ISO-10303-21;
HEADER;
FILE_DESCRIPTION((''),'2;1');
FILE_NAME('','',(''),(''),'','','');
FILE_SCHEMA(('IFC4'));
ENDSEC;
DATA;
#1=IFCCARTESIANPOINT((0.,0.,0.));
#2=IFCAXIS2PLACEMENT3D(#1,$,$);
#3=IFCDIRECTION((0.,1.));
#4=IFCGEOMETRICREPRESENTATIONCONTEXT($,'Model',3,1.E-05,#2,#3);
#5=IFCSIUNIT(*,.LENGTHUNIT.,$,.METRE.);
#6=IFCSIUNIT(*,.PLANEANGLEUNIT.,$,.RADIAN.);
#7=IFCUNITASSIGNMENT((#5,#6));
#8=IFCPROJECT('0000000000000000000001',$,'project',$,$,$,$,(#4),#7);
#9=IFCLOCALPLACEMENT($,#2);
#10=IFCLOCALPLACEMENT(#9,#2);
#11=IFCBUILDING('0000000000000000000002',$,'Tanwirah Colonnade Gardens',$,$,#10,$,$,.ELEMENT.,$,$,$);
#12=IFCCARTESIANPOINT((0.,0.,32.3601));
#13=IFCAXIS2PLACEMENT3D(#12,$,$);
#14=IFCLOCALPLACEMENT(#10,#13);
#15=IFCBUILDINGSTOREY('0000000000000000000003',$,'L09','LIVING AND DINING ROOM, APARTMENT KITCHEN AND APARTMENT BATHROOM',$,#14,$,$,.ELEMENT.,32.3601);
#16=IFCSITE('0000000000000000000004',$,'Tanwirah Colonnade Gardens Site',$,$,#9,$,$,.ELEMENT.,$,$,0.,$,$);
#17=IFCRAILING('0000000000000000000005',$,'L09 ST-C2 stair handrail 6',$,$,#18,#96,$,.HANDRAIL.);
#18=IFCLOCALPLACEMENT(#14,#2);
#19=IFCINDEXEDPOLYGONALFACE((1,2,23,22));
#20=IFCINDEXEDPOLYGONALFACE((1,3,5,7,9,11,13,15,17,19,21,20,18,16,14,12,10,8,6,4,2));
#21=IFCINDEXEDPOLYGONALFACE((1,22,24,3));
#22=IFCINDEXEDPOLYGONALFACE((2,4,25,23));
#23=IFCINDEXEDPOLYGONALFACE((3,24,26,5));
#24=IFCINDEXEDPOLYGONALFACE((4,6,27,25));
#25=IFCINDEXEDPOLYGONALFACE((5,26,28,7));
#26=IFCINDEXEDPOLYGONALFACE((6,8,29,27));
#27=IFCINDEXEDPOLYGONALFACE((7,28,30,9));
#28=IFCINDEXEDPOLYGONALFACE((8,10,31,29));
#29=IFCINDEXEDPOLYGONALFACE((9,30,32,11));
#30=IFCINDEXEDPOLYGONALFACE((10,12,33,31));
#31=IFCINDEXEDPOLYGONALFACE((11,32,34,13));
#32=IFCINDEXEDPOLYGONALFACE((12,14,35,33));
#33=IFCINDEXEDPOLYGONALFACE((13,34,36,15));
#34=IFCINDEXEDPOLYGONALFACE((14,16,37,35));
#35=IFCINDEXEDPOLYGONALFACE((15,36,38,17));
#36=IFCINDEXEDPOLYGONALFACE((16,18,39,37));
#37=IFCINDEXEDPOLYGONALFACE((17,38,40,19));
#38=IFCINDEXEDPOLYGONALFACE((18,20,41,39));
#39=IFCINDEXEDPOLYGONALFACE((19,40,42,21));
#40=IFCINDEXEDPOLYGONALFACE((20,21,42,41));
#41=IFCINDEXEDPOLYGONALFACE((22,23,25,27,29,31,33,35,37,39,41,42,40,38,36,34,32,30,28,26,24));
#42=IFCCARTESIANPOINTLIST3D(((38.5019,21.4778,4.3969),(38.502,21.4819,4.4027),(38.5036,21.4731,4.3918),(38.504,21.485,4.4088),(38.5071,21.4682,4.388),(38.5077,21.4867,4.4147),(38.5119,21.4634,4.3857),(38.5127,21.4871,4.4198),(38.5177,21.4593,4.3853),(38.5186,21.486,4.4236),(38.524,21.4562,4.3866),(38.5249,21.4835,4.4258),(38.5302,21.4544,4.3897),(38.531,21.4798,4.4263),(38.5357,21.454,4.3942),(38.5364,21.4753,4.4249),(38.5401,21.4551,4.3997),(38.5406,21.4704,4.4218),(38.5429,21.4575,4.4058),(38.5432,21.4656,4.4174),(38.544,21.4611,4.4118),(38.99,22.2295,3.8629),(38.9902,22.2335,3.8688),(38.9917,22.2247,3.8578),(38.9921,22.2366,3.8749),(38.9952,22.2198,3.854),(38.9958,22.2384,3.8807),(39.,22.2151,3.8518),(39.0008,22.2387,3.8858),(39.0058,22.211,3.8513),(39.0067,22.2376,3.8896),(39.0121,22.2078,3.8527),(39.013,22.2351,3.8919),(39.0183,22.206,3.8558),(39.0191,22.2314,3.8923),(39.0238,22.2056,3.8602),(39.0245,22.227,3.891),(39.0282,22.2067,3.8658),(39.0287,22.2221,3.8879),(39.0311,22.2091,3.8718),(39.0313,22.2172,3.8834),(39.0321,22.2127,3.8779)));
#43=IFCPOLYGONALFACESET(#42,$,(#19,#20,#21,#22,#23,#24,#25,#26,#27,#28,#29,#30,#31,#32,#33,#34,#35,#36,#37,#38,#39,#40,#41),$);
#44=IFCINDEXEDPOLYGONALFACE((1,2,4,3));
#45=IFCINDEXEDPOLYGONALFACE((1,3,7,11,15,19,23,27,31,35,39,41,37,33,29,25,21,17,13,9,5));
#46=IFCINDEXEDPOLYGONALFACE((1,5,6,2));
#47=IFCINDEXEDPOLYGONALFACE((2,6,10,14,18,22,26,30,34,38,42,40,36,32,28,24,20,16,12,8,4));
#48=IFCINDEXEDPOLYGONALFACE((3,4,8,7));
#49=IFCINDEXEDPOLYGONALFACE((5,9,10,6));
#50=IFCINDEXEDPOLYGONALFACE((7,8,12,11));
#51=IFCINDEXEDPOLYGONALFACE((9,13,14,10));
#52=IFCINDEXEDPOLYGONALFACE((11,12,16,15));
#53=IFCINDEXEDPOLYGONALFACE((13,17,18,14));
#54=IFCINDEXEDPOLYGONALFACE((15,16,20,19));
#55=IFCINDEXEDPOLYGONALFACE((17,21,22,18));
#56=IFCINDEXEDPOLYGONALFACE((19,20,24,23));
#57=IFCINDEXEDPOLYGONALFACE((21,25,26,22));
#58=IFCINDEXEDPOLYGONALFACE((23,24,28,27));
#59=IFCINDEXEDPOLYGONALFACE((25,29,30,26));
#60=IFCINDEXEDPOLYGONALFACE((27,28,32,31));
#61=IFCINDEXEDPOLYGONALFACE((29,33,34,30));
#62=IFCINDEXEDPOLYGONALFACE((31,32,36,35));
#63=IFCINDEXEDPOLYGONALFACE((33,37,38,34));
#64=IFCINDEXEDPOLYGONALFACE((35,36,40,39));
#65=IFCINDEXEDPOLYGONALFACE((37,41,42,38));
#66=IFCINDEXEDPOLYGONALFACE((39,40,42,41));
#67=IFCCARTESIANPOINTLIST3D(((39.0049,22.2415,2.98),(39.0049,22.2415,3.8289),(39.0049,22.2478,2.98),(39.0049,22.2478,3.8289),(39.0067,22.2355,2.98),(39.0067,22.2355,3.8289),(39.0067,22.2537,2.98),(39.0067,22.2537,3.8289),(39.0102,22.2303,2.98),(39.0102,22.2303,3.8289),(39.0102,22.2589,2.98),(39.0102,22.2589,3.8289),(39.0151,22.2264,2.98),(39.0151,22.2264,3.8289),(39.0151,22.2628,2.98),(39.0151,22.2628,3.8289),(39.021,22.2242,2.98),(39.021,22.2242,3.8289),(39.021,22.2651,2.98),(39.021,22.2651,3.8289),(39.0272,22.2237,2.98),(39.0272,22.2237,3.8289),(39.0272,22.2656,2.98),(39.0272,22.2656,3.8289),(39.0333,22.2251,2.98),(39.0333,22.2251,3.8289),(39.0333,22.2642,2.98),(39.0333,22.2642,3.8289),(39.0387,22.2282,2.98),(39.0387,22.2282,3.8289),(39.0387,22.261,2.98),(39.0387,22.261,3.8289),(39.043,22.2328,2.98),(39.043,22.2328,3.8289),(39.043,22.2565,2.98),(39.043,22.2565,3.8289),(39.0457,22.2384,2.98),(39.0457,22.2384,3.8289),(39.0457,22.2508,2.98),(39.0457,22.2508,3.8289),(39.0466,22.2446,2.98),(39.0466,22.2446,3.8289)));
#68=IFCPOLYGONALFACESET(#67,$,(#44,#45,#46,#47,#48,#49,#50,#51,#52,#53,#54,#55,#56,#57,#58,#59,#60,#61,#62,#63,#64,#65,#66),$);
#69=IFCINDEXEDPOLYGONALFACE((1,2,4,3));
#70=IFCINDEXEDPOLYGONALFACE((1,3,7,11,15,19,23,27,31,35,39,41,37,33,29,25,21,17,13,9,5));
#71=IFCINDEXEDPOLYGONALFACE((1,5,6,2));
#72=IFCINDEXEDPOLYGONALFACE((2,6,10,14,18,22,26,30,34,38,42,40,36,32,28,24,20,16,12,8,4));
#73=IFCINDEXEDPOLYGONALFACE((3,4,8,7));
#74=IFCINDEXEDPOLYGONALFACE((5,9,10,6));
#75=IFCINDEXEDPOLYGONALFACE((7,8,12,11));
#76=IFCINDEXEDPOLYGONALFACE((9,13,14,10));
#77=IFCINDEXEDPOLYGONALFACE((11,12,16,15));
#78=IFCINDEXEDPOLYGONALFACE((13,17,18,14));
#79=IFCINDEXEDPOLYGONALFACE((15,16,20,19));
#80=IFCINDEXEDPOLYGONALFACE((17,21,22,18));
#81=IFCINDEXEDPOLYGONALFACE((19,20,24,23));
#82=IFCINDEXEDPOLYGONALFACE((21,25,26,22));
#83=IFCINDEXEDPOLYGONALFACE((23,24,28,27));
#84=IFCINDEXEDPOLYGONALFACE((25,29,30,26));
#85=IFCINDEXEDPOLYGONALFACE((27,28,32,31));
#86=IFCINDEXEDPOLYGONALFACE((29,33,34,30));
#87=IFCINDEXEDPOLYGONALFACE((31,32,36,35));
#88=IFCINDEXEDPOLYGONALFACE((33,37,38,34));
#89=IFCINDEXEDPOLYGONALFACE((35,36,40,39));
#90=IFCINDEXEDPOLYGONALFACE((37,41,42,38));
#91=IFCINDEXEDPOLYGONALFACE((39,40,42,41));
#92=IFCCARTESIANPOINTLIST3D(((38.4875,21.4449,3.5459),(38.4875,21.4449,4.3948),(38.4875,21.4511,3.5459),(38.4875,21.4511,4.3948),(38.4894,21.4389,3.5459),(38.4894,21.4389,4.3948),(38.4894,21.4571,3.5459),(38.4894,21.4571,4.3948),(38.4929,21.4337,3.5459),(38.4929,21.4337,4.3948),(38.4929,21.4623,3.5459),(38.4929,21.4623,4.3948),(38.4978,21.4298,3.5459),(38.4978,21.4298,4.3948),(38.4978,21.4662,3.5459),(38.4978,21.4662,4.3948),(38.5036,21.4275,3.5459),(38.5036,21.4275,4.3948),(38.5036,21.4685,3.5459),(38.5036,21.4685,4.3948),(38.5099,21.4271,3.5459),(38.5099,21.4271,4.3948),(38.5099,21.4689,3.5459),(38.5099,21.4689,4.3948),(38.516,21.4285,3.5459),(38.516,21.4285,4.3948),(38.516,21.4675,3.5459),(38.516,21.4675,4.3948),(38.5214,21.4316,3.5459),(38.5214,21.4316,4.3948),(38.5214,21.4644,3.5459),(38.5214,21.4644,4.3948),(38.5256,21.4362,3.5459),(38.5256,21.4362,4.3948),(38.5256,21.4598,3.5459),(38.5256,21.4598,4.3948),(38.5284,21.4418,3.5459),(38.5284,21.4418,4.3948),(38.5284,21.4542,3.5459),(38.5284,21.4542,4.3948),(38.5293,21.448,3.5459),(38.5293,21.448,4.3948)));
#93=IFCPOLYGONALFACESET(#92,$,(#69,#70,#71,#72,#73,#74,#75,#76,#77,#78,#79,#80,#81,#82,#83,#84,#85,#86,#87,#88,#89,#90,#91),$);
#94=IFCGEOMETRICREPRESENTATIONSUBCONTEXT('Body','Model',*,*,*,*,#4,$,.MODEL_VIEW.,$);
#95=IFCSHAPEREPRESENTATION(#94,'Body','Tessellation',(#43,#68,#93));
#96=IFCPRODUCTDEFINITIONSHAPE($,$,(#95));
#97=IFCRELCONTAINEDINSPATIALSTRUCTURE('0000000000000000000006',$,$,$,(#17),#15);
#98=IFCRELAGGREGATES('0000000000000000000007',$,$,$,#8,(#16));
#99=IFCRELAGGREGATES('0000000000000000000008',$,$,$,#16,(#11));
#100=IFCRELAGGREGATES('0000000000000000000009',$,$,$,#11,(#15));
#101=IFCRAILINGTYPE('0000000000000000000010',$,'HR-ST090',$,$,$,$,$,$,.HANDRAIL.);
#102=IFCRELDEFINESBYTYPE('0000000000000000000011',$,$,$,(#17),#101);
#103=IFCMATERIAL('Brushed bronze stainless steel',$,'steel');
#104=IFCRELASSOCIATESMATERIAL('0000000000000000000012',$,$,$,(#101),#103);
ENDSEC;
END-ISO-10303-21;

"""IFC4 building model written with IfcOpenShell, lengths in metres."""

from ifc_helpers import new_model, si_unit, direction, frame, origin, origin_2d, place, context, subcontext, project, spatial, circle, extrude, material, type_object, element, save


model = new_model("IFC4")

# Units and contexts
model_context = context("Model", 3, precision=1e-05, world=origin(), true_north=direction((0.0, 1.0)))
body_context = subcontext(model_context, "Body", "Model", "MODEL_VIEW")
ifc_project = project(units=[si_unit("LENGTHUNIT", "METRE"), si_unit("PLANEANGLEUNIT", "RADIAN")], contexts=[model_context])

# Site, building, storey
site_placement = place(None, origin())
site = spatial("IfcSite", under=ifc_project, at=site_placement, Name="Tanwirah Colonnade Gardens Site", CompositionType="ELEMENT", RefElevation=0.0)
building_placement = place(site_placement, origin())
building = spatial("IfcBuilding", under=site, at=building_placement, Name="Tanwirah Colonnade Gardens", CompositionType="ELEMENT")
storey_placement = place(building_placement, frame((0.0, 0.0, 32.3601)))
storey = spatial("IfcBuildingStorey", under=building, at=storey_placement, Name="L09", Description="LIVING AND DINING ROOM, APARTMENT KITCHEN AND APARTMENT BATHROOM", CompositionType="ELEMENT", Elevation=32.3601)

# Railing
ifc_material_1 = material(Name="Brushed bronze stainless steel", Category="steel")
railing_type = type_object("IfcRailingType", Name="HR-ST090", PredefinedType="HANDRAIL", material=ifc_material_1)
railing_1_placement = place(storey_placement, frame((39.0256, 22.2446, 2.98)))
element("IfcRailing", 1, at=railing_1_placement, inside=storey, type_object=railing_type, Name="L09 ST-C2 stair handrail 6", PredefinedType="HANDRAIL", context=body_context, shape_type="SweptSolid", body=[
    extrude(circle(Radius=0.0239, at=origin_2d()), frame((-0.0146, -0.0225, 0.8918), z_axis=(-0.46789, -0.720492, 0.51183), x_axis=(0.838673, -0.544636, 0.0)), (0.0, 0.0, 1.0), 1.0432),
    extrude(circle(Radius=0.021, at=origin_2d()), origin(), (0.0, 0.0, 1.0), 0.8489),
    extrude(circle(Radius=0.021, at=origin_2d()), frame((-0.5173, -0.7966, 0.5659)), (0.0, 0.0, 1.0), 0.8489),
])

save(model, "model.ifc")
